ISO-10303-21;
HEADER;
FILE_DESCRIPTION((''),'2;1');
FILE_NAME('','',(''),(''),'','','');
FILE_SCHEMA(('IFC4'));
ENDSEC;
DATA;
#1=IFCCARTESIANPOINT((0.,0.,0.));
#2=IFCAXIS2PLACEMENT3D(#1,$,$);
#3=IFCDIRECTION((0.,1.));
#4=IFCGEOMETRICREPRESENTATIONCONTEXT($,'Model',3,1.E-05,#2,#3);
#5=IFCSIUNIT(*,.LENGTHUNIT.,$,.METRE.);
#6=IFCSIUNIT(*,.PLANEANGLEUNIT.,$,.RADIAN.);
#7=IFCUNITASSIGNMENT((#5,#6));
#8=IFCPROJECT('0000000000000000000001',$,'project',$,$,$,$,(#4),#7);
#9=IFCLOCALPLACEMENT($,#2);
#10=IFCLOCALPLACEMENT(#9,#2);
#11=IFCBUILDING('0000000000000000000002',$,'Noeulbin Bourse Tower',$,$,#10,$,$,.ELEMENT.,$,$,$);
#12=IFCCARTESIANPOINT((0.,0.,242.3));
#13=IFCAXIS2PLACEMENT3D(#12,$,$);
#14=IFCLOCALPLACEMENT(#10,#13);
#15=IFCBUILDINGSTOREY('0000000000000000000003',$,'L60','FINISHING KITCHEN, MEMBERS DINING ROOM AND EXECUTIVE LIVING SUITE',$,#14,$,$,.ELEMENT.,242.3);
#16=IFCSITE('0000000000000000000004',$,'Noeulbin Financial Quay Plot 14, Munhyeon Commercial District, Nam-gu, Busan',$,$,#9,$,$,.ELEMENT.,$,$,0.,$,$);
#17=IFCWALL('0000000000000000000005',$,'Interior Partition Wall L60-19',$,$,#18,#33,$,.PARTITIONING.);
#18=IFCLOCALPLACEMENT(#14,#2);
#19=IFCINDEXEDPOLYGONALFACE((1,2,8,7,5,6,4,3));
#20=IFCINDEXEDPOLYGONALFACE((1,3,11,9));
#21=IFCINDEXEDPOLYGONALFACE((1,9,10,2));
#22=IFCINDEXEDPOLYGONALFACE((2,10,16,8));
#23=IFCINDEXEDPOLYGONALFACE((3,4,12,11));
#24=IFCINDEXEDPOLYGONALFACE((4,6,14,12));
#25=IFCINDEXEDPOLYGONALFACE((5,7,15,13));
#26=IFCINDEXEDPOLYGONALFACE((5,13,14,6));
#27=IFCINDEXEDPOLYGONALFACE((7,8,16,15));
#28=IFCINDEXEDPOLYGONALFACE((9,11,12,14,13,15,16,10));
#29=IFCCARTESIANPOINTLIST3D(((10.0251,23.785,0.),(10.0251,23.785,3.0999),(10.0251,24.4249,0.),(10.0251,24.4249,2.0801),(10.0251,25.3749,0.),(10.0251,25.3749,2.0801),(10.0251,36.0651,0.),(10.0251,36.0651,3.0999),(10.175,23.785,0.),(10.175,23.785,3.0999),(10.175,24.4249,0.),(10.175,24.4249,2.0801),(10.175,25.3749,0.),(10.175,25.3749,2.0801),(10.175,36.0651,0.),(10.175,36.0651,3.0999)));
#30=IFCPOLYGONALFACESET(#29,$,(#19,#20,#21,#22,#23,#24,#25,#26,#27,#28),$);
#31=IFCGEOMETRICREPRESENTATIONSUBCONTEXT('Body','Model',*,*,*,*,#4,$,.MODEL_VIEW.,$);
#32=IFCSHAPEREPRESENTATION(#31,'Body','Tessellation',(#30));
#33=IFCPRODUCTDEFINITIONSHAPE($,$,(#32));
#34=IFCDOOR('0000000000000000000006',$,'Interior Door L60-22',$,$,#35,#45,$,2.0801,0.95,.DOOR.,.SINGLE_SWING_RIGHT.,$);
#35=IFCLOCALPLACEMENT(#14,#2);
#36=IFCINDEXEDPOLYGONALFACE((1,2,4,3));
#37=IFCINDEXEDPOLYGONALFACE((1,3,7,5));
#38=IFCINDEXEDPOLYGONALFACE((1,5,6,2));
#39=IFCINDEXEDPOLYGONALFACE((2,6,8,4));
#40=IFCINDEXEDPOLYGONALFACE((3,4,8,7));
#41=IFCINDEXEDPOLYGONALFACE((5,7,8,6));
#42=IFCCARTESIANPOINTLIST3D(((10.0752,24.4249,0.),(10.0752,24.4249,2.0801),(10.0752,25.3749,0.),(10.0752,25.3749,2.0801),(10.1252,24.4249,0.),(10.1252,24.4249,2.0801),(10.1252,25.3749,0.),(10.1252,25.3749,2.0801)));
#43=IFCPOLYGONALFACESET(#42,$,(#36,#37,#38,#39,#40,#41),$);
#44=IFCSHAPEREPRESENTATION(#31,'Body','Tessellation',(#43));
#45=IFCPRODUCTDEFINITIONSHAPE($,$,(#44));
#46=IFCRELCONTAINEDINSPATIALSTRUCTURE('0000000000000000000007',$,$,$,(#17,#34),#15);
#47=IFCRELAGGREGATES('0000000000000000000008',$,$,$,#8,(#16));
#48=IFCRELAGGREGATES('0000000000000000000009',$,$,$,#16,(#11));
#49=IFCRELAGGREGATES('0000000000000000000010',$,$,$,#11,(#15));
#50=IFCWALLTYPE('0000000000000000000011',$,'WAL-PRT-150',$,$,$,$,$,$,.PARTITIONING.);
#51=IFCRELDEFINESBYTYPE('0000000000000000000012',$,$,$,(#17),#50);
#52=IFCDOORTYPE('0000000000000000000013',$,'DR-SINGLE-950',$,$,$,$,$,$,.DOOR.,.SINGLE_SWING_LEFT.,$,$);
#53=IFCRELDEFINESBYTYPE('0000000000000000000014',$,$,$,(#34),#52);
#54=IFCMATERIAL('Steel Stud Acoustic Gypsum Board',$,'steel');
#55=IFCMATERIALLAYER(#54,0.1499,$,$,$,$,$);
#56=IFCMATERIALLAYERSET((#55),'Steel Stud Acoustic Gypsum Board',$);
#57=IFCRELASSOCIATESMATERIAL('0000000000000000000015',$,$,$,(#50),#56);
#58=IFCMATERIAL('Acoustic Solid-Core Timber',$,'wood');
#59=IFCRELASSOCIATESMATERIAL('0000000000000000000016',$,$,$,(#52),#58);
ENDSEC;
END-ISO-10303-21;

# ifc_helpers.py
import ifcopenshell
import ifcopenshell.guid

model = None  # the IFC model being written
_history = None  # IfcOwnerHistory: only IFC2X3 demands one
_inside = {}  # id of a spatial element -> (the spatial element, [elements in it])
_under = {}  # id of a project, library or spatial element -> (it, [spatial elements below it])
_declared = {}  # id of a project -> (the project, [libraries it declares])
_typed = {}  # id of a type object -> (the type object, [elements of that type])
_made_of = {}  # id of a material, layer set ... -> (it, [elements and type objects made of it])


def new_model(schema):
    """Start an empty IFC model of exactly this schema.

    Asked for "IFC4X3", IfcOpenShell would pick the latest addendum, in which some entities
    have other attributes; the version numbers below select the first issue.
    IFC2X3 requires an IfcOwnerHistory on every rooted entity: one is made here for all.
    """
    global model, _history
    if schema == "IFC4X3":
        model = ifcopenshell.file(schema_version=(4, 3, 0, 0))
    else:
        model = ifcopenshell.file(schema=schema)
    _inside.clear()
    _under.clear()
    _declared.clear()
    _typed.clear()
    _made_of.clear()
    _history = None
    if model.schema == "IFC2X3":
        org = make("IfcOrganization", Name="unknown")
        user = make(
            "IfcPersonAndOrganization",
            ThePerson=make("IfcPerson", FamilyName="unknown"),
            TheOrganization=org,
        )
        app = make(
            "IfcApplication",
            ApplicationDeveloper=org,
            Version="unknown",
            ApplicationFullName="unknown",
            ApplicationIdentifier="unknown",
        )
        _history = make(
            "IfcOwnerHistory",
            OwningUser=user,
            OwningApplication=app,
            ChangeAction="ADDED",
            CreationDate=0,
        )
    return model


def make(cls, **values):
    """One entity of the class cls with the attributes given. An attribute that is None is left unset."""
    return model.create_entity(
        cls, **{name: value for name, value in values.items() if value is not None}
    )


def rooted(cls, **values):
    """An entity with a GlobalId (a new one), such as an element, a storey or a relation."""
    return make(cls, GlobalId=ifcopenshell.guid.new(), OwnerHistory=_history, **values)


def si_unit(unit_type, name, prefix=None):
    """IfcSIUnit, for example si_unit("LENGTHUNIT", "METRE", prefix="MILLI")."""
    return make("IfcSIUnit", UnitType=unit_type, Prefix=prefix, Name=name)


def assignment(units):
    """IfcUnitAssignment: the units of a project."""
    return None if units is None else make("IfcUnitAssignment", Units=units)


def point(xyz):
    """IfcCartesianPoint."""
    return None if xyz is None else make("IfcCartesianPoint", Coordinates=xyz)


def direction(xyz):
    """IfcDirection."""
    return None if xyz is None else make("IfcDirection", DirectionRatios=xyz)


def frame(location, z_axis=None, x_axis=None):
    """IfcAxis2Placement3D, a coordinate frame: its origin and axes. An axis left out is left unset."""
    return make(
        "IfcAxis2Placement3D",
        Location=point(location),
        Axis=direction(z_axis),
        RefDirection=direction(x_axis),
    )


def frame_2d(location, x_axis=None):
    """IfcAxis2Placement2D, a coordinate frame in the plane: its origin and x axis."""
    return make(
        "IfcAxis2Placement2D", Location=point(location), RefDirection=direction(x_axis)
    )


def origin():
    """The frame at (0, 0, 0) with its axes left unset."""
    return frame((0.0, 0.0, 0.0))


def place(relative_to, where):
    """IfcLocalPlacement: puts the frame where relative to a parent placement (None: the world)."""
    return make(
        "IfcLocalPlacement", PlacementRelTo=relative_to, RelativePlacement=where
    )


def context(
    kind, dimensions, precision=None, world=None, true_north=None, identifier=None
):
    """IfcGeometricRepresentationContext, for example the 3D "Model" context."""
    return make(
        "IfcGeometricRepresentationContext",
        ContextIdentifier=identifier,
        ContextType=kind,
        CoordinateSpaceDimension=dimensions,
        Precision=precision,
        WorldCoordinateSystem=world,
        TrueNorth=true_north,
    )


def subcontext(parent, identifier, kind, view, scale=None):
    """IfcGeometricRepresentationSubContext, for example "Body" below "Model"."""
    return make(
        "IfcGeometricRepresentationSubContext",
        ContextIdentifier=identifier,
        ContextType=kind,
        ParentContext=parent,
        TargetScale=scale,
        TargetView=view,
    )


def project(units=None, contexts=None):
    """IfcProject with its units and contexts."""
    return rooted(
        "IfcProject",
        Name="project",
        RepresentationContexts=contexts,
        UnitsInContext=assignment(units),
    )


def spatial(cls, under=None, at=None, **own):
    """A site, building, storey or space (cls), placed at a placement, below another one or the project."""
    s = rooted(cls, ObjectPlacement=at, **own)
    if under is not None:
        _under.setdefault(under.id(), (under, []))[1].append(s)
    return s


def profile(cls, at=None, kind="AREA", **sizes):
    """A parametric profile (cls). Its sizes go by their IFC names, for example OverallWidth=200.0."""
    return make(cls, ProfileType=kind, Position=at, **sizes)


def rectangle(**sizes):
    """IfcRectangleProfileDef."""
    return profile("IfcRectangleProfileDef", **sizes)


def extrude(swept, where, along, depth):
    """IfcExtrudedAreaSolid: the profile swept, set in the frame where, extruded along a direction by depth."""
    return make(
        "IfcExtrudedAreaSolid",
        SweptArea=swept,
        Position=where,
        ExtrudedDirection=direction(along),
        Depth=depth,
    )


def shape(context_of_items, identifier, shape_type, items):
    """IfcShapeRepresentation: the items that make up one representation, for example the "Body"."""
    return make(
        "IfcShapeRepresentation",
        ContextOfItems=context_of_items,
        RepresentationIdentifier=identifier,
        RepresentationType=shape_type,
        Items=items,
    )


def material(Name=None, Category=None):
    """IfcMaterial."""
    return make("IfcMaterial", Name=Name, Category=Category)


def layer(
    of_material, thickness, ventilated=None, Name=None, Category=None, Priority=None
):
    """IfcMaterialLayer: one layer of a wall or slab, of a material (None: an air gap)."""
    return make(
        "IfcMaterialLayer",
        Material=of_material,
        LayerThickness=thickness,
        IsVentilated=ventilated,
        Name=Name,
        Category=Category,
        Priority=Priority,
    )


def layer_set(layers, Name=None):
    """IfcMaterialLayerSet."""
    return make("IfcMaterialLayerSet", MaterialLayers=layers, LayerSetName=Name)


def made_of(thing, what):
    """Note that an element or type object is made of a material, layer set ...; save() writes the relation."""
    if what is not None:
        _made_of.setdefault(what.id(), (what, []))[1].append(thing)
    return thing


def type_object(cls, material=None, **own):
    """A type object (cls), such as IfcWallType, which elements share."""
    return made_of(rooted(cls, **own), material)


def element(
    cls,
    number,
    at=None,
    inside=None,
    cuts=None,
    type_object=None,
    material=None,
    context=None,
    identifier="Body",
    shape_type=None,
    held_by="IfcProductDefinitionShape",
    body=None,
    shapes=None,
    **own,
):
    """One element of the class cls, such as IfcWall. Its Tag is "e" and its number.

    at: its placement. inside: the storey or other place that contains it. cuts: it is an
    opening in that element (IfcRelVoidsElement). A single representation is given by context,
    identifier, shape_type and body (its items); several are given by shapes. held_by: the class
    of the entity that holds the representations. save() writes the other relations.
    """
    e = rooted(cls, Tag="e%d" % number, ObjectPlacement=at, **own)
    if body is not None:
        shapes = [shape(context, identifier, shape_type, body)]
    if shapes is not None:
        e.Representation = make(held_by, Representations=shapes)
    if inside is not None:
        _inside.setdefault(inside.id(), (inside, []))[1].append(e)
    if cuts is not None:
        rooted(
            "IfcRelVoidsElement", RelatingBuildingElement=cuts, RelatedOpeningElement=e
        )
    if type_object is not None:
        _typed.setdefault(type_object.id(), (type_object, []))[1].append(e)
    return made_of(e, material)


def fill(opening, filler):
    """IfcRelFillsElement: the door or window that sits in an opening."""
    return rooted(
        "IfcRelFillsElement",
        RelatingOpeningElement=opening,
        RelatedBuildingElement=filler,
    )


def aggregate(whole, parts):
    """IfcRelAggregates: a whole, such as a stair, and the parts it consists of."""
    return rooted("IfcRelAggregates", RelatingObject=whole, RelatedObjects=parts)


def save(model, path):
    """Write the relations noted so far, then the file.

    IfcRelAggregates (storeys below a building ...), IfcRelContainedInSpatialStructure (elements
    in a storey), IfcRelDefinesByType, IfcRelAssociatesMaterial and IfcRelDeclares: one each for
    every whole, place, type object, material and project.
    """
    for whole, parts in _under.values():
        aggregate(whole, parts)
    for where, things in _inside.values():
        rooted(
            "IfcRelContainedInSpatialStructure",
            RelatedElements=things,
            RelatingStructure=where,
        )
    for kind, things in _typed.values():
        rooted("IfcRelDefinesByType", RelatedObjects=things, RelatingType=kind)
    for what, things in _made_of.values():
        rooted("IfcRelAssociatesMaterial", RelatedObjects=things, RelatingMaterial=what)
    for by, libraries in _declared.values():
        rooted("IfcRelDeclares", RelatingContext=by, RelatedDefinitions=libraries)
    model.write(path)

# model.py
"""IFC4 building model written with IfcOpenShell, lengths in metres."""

from ifc_helpers import new_model, si_unit, direction, frame, frame_2d, origin, place, context, subcontext, project, spatial, rectangle, extrude, material, layer, layer_set, type_object, element, fill, save


model = new_model("IFC4")

# Units and contexts
model_context = context("Model", 3, precision=1e-05, world=origin(), true_north=direction((0.0, 1.0)))
body_context = subcontext(model_context, "Body", "Model", "MODEL_VIEW")
ifc_project = project(units=[si_unit("LENGTHUNIT", "METRE"), si_unit("PLANEANGLEUNIT", "RADIAN")], contexts=[model_context])

# Site, building, storey
site_placement = place(None, origin())
site = spatial("IfcSite", under=ifc_project, at=site_placement, Name="Noeulbin Financial Quay Plot 14, Munhyeon Commercial District, Nam-gu, Busan", CompositionType="ELEMENT", RefElevation=0.0)
building_placement = place(site_placement, origin())
building = spatial("IfcBuilding", under=site, at=building_placement, Name="Noeulbin Bourse Tower", CompositionType="ELEMENT")
storey_placement = place(building_placement, frame((0.0, 0.0, 242.3)))
storey = spatial("IfcBuildingStorey", under=building, at=storey_placement, Name="L60", Description="FINISHING KITCHEN, MEMBERS DINING ROOM AND EXECUTIVE LIVING SUITE", CompositionType="ELEMENT", Elevation=242.3)

# Wall, opening, door
ifc_material_1 = material(Name="Steel Stud Acoustic Gypsum Board", Category="steel")
ifc_layer_1 = layer(ifc_material_1, 0.1499)
ifc_layer_set_1 = layer_set([ifc_layer_1], Name="Steel Stud Acoustic Gypsum Board")
wall_type_1 = type_object("IfcWallType", Name="WAL-PRT-150", PredefinedType="PARTITIONING", material=ifc_layer_set_1)
wall_1_placement = place(storey_placement, frame((10.1001, 23.7849, 0.0), z_axis=(0.0, 0.0, 1.0), x_axis=(0.0, 1.0, 0.0)))
wall_1 = element("IfcWall", 1, at=wall_1_placement, inside=storey, type_object=wall_type_1, Name="Interior Partition Wall L60-19", PredefinedType="PARTITIONING", context=body_context, shape_type="SweptSolid", body=[
    extrude(rectangle(XDim=12.28, YDim=0.1499, at=frame_2d((6.1401, 0.0))), origin(), (0.0, 0.0, 1.0), 3.0999),
])
opening_1_placement = place(wall_1_placement, frame((0.6399, 0.0, 0.0)))
opening_1 = element("IfcOpeningElement", 2, at=opening_1_placement, cuts=wall_1, PredefinedType="OPENING", context=body_context, shape_type="SweptSolid", body=[
    extrude(rectangle(XDim=0.95, YDim=2.0801, at=frame_2d((0.4751, 1.04))), frame((0.0, 0.085, 0.0), z_axis=(0.0, -1.0, 0.0), x_axis=(1.0, 0.0, 0.0)), (0.0, 0.0, 1.0), 0.1699),
])
ifc_material_2 = material(Name="Acoustic Solid-Core Timber", Category="wood")
door_type_1 = type_object("IfcDoorType", Name="DR-SINGLE-950", OperationType="SINGLE_SWING_LEFT", PredefinedType="DOOR", material=ifc_material_2)
door_1_placement = place(opening_1_placement, origin())
door_1 = element("IfcDoor", 3, at=door_1_placement, inside=storey, type_object=door_type_1, Name="Interior Door L60-22", OperationType="SINGLE_SWING_RIGHT", OverallHeight=2.0801, OverallWidth=0.95, PredefinedType="DOOR", context=body_context, shape_type="SweptSolid", body=[
    extrude(rectangle(XDim=0.95, YDim=2.0801, at=frame_2d((0.4751, 1.04))), frame((0.0, 0.0249, 0.0), z_axis=(0.0, -1.0, 0.0), x_axis=(1.0, 0.0, 0.0)), (0.0, 0.0, 1.0), 0.05),
])
fill(opening_1, door_1)

save(model, "model.ifc")
